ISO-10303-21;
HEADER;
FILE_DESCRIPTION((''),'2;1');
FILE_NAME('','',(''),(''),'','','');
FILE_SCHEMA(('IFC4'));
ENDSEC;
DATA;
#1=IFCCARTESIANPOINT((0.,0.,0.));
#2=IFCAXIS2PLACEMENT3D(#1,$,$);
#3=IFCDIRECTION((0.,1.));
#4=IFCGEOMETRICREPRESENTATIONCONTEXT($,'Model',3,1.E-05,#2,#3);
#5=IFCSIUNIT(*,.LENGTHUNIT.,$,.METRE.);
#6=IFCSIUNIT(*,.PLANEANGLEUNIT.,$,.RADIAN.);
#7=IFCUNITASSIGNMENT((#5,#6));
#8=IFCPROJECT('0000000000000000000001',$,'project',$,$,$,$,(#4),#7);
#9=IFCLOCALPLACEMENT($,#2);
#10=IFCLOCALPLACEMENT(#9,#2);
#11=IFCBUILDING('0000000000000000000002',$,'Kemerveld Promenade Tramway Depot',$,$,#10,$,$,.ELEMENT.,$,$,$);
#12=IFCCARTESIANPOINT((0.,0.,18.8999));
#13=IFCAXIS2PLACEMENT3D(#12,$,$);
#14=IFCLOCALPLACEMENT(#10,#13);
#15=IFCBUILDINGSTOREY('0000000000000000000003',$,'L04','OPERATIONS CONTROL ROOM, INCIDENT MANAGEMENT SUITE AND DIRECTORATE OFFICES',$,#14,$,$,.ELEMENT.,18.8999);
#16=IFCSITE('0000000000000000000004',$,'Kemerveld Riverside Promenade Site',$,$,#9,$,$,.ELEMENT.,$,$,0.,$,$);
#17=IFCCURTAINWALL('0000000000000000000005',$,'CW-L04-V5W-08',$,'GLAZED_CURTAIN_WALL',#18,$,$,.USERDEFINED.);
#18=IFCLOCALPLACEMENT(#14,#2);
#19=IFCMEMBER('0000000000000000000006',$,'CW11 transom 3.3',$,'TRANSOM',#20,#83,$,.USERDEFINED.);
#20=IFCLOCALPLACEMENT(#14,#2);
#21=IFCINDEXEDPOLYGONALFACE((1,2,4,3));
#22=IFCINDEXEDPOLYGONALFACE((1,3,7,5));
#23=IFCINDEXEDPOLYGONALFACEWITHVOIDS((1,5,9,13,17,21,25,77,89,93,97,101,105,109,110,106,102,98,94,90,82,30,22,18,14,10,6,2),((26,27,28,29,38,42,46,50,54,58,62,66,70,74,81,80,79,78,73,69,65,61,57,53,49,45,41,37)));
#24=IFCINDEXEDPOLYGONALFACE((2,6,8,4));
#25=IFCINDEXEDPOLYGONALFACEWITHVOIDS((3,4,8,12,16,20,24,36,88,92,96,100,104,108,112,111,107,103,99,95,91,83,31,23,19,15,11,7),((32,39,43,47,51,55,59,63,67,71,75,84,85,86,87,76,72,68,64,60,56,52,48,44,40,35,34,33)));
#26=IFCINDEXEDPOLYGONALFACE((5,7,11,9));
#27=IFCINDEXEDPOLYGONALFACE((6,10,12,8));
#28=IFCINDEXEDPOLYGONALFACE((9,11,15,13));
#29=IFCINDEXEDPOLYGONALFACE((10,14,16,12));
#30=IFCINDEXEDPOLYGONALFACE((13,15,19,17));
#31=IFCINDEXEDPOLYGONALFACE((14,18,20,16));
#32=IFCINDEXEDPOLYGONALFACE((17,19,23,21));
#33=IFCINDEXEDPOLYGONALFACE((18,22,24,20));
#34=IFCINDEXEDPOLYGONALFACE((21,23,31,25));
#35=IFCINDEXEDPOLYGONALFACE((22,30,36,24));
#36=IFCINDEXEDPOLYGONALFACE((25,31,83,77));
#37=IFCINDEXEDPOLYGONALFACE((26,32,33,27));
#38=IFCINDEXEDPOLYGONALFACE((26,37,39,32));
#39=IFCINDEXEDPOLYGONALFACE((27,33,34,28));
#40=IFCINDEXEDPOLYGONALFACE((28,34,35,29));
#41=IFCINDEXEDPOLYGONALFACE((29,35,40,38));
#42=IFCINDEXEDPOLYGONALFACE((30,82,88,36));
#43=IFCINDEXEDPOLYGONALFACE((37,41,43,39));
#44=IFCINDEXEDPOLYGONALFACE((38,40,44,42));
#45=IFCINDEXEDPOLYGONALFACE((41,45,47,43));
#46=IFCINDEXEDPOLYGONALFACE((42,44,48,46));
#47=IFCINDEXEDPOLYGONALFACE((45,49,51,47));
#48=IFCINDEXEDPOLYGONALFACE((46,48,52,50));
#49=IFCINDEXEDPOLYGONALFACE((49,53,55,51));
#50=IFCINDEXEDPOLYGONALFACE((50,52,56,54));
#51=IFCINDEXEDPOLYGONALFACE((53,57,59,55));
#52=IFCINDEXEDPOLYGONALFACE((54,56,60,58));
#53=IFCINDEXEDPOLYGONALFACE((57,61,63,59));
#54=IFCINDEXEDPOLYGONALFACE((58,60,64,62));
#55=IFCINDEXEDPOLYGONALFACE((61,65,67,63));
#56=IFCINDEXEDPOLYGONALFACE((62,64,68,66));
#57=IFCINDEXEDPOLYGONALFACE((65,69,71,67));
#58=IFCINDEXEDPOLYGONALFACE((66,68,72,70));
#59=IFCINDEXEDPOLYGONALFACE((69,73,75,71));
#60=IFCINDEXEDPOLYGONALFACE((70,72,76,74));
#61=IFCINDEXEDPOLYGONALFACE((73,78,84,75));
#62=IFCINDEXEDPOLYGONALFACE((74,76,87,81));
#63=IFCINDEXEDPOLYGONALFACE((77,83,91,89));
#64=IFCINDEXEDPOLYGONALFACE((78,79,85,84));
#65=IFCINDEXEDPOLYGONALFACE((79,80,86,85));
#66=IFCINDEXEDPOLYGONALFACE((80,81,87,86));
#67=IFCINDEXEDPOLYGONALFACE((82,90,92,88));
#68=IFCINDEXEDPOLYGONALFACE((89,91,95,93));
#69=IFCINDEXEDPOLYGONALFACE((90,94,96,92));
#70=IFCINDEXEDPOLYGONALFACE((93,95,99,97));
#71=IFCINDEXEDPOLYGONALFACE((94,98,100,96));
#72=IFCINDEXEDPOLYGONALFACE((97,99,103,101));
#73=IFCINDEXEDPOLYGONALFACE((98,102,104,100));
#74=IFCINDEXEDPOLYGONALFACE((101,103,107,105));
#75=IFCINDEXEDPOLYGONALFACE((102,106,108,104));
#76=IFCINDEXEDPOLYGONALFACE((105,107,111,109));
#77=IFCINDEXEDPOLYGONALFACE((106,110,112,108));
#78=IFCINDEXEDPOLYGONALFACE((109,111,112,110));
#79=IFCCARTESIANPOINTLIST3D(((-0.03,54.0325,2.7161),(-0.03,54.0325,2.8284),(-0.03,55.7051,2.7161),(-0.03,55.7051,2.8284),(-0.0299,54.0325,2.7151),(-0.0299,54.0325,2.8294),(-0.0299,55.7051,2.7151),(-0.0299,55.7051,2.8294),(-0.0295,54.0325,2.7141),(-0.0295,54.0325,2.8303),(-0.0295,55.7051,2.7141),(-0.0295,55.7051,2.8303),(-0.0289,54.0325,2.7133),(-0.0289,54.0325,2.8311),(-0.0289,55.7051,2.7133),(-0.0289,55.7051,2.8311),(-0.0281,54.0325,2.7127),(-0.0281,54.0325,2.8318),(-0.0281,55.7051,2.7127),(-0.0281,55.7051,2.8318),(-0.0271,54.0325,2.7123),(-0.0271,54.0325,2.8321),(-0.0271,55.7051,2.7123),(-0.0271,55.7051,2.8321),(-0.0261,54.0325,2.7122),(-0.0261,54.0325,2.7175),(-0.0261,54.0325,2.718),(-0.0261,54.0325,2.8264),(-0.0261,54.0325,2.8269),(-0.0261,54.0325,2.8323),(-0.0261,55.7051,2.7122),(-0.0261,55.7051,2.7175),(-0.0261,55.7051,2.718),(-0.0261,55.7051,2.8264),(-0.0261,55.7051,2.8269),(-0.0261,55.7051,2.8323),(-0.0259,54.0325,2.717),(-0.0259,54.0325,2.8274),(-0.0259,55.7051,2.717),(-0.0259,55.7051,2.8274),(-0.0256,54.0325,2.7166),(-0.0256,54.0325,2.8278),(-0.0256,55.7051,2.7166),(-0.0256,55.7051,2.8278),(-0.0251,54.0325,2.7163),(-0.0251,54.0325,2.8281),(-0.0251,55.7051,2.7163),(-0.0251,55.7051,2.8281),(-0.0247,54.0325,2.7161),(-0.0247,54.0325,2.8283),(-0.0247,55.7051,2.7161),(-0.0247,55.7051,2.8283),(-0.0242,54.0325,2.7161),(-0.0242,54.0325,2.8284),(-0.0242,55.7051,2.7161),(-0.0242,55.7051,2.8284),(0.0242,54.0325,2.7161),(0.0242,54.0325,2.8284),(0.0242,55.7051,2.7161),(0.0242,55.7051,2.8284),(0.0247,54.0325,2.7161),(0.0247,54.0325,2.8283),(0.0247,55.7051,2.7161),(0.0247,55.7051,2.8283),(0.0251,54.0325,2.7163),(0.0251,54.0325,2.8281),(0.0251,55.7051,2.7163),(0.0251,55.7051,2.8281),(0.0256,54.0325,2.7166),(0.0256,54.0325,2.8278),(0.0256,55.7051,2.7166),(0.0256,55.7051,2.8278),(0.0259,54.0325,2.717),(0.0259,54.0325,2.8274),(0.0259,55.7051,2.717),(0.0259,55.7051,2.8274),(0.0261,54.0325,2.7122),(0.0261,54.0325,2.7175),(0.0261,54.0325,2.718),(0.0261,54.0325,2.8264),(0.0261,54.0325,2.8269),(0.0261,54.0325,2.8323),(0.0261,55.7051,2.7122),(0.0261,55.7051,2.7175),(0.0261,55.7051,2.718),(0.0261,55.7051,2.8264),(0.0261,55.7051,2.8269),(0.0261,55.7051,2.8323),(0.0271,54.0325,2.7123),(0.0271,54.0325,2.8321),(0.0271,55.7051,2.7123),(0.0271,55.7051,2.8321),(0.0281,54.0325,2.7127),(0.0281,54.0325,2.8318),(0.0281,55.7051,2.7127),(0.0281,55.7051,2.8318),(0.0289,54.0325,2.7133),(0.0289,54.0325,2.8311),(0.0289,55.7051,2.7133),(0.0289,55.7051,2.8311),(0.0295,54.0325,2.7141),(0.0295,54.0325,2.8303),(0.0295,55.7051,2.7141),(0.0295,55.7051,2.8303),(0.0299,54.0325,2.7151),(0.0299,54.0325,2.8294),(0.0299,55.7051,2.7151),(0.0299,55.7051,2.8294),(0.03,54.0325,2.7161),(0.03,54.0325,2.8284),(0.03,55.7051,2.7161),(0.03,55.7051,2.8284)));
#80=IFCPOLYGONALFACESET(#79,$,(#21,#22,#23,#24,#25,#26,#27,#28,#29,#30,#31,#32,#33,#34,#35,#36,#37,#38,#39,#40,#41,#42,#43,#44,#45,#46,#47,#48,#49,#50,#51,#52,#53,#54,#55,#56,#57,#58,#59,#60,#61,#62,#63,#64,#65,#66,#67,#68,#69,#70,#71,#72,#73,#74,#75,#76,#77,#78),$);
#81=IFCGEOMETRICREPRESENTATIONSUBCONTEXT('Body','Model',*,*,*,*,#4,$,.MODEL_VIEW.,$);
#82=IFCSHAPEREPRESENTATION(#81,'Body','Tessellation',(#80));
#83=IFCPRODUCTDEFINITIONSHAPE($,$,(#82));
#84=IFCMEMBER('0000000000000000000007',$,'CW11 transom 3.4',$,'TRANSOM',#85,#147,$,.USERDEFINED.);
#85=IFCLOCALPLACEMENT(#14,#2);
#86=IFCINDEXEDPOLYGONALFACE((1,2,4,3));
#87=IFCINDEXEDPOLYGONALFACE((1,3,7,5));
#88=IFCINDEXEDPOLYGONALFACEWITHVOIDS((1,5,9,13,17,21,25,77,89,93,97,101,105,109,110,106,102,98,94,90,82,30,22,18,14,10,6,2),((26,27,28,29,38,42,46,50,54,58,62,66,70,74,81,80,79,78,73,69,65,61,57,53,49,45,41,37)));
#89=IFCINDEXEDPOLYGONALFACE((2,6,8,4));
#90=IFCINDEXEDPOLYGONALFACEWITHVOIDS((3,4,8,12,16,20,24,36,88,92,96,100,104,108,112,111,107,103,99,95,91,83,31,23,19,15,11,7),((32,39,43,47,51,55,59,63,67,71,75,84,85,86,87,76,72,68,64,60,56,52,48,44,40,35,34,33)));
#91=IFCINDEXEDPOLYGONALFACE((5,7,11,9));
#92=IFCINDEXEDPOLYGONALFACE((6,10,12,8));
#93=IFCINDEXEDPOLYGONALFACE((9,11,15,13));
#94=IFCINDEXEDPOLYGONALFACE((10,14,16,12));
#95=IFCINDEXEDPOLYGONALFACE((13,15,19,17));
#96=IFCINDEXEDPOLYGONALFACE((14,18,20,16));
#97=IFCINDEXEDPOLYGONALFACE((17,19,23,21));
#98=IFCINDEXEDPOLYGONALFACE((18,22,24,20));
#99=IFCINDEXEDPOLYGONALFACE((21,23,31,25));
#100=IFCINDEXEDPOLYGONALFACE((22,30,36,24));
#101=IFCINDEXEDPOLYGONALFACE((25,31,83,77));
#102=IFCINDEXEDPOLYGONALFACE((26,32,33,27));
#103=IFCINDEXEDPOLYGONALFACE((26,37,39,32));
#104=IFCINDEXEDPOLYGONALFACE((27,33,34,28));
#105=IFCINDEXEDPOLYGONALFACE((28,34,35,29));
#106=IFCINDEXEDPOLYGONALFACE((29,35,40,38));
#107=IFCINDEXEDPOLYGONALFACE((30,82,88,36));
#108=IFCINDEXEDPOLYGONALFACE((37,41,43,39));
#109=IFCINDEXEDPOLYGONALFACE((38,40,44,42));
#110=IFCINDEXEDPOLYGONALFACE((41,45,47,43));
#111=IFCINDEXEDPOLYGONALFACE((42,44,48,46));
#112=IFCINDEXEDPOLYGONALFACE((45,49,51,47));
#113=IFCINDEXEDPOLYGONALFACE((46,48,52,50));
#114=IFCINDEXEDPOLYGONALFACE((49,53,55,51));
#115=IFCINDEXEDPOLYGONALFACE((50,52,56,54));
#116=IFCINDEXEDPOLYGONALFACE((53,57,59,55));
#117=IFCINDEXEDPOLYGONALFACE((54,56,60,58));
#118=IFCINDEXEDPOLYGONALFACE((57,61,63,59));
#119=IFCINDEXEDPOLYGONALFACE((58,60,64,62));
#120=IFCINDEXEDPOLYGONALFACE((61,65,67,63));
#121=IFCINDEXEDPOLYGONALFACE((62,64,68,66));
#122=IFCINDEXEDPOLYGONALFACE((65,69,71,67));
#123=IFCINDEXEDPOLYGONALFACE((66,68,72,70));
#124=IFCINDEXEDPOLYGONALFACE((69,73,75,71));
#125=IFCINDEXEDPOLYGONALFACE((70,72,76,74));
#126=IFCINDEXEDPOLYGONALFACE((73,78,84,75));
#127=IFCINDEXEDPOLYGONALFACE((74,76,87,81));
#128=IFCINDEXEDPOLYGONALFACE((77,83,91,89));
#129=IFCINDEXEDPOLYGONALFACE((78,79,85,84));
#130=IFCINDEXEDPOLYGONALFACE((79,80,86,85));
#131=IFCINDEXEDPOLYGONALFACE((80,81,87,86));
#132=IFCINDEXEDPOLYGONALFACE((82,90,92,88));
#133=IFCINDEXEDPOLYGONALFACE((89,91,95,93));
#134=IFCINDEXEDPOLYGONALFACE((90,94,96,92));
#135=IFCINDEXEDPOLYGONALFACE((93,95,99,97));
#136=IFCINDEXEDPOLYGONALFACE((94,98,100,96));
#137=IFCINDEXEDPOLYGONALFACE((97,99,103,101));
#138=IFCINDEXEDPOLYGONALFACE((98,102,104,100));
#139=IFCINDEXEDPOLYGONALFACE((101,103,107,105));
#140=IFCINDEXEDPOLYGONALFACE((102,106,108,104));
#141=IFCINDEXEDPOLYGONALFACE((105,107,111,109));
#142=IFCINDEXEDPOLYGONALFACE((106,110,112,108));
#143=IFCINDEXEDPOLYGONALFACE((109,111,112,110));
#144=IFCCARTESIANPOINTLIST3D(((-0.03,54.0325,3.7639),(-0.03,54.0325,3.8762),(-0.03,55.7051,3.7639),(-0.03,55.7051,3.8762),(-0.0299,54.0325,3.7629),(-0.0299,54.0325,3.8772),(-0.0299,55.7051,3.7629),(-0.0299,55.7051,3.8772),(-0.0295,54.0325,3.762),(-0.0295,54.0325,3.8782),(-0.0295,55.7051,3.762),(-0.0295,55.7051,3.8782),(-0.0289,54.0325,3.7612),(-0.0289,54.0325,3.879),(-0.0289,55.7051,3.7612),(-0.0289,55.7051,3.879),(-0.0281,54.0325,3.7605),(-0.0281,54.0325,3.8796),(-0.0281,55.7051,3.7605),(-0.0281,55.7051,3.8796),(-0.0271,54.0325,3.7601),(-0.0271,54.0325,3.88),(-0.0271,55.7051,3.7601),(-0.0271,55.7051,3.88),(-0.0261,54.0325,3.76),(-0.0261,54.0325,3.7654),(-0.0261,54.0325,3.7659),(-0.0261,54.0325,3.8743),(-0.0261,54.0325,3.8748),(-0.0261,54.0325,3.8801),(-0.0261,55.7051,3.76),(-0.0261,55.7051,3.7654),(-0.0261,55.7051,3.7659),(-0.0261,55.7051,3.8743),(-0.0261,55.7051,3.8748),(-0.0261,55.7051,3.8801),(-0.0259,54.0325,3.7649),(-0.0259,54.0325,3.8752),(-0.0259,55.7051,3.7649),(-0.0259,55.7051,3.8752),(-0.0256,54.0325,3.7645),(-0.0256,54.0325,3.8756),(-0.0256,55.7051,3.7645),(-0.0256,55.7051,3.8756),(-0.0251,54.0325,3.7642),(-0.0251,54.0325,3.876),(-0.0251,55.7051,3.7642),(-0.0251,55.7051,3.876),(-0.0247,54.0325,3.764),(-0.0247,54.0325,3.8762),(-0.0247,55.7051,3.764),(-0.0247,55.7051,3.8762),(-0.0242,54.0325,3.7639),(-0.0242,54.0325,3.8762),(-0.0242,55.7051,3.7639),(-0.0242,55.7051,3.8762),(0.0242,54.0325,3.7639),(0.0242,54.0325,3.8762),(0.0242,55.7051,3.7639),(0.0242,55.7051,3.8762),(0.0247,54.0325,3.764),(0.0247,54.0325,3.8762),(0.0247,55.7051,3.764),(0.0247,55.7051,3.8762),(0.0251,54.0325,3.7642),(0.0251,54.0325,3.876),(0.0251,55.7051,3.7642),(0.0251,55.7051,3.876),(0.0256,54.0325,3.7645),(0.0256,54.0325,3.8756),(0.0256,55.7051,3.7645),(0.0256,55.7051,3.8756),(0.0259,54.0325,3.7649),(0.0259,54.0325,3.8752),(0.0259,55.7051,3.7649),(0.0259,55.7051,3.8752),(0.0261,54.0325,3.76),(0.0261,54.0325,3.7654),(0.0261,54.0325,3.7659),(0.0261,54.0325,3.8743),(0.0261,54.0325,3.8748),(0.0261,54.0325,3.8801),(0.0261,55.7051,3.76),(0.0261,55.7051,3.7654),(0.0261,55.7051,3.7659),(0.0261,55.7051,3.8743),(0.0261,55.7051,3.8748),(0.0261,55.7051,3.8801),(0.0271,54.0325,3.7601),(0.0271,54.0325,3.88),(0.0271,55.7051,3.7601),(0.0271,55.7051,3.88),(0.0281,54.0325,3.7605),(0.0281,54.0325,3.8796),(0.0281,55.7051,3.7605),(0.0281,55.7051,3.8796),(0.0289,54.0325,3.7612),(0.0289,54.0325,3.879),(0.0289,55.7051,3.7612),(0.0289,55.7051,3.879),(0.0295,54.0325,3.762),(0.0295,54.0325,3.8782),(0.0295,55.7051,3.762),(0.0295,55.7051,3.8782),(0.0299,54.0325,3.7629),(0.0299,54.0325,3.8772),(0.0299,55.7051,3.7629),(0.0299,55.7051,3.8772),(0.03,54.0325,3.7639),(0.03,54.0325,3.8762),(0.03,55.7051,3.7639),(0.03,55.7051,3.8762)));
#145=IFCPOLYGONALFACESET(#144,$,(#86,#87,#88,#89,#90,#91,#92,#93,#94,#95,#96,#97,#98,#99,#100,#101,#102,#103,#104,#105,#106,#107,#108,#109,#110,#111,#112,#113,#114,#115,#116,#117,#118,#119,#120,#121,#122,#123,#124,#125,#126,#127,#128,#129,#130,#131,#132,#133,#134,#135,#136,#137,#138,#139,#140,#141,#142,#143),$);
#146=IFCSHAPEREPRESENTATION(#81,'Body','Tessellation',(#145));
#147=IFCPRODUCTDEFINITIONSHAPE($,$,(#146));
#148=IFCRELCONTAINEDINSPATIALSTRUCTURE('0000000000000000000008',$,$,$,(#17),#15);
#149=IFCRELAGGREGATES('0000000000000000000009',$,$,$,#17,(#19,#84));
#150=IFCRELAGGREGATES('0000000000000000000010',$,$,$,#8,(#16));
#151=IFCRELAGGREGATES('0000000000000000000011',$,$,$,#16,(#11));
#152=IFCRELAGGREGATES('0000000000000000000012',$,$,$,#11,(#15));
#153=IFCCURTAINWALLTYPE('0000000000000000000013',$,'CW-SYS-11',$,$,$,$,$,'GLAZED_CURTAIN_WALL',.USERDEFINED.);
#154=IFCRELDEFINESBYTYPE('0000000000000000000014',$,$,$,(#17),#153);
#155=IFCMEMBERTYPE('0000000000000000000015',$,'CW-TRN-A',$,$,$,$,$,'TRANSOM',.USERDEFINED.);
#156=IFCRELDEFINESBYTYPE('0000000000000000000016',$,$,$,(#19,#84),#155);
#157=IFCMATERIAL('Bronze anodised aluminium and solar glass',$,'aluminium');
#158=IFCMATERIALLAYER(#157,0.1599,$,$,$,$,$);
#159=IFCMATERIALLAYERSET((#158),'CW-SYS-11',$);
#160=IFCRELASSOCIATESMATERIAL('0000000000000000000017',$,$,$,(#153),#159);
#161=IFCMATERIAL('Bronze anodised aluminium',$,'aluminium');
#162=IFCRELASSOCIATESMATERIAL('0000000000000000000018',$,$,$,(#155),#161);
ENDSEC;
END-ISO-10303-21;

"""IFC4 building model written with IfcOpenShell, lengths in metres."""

from ifc_helpers import new_model, si_unit, direction, frame, origin, origin_2d, place, context, subcontext, project, spatial, hollow_rectangle, extrude, material, layer, layer_set, material_profile, profile_set, type_object, element, aggregate, save


model = new_model("IFC4")

# Units and contexts
model_context = context("Model", 3, precision=1e-05, world=origin(), true_north=direction((0.0, 1.0)))
body_context = subcontext(model_context, "Body", "Model", "MODEL_VIEW")
ifc_project = project(units=[si_unit("LENGTHUNIT", "METRE"), si_unit("PLANEANGLEUNIT", "RADIAN")], contexts=[model_context])

# Site, building, storey
site_placement = place(None, origin())
site = spatial("IfcSite", under=ifc_project, at=site_placement, Name="Kemerveld Riverside Promenade Site", CompositionType="ELEMENT", RefElevation=0.0)
building_placement = place(site_placement, origin())
building = spatial("IfcBuilding", under=site, at=building_placement, Name="Kemerveld Promenade Tramway Depot", CompositionType="ELEMENT")
storey_placement = place(building_placement, frame((0.0, 0.0, 18.8999)))
storey = spatial("IfcBuildingStorey", under=building, at=storey_placement, Name="L04", Description="OPERATIONS CONTROL ROOM, INCIDENT MANAGEMENT SUITE AND DIRECTORATE OFFICES", CompositionType="ELEMENT", Elevation=18.8999)

# Curtain wall, members
ifc_material_1 = material(Name="Bronze anodised aluminium and solar glass", Category="aluminium")
ifc_layer_1 = layer(ifc_material_1, 0.1599)
ifc_layer_set_1 = layer_set([ifc_layer_1], Name="CW-SYS-11")
curtain_wall_type = type_object("IfcCurtainWallType", Name="CW-SYS-11", ElementType="GLAZED_CURTAIN_WALL", PredefinedType="USERDEFINED", material=ifc_layer_set_1)
curtain_wall_placement = place(storey_placement, origin())
curtain_wall = element("IfcCurtainWall", 1, at=curtain_wall_placement, inside=storey, type_object=curtain_wall_type, Name="CW-L04-V5W-08", ObjectType="GLAZED_CURTAIN_WALL", PredefinedType="USERDEFINED")
ifc_material_2 = material(Name="Bronze anodised aluminium", Category="aluminium")
ifc_material_profile_1 = material_profile(ifc_material_2, hollow_rectangle(XDim=0.0601, YDim=0.1201, WallThickness=0.0039, InnerFilletRadius=0.002, OuterFilletRadius=0.0039, at=origin_2d()), Name="CW-TRN-120x60")
ifc_profile_set_1 = profile_set([ifc_material_profile_1], Name="Bronze anodised aluminium")
member_type_1 = type_object("IfcMemberType", Name="CW-TRN-A", ElementType="TRANSOM", PredefinedType="USERDEFINED", material=ifc_profile_set_1)
member_1_placement = place(storey_placement, frame((0.0, 54.0325, 2.7722), z_axis=(0.0, 1.0, 0.0), x_axis=(-1.0, 0.0, 0.0)))
member_1 = element("IfcMember", 2, at=member_1_placement, type_object=member_type_1, Name="CW11 transom 3.3", ObjectType="TRANSOM", PredefinedType="USERDEFINED", context=body_context, shape_type="SweptSolid", body=[
    extrude(hollow_rectangle(XDim=0.0601, YDim=0.1201, WallThickness=0.0039, InnerFilletRadius=0.002, OuterFilletRadius=0.0039, at=origin_2d()), origin(), (0.0, 0.0, 1.0), 1.6726),
])
member_2_placement = place(storey_placement, frame((0.0, 54.0325, 3.8201), z_axis=(0.0, 1.0, 0.0), x_axis=(-1.0, 0.0, 0.0)))
member_2 = element("IfcMember", 3, at=member_2_placement, type_object=member_type_1, Name="CW11 transom 3.4", ObjectType="TRANSOM", PredefinedType="USERDEFINED", context=body_context, shape_type="SweptSolid", body=[
    extrude(hollow_rectangle(XDim=0.0601, YDim=0.1201, WallThickness=0.0039, InnerFilletRadius=0.002, OuterFilletRadius=0.0039, at=origin_2d()), origin(), (0.0, 0.0, 1.0), 1.6726),
])
aggregate(curtain_wall, [member_1, member_2])

save(model, "model.ifc")
